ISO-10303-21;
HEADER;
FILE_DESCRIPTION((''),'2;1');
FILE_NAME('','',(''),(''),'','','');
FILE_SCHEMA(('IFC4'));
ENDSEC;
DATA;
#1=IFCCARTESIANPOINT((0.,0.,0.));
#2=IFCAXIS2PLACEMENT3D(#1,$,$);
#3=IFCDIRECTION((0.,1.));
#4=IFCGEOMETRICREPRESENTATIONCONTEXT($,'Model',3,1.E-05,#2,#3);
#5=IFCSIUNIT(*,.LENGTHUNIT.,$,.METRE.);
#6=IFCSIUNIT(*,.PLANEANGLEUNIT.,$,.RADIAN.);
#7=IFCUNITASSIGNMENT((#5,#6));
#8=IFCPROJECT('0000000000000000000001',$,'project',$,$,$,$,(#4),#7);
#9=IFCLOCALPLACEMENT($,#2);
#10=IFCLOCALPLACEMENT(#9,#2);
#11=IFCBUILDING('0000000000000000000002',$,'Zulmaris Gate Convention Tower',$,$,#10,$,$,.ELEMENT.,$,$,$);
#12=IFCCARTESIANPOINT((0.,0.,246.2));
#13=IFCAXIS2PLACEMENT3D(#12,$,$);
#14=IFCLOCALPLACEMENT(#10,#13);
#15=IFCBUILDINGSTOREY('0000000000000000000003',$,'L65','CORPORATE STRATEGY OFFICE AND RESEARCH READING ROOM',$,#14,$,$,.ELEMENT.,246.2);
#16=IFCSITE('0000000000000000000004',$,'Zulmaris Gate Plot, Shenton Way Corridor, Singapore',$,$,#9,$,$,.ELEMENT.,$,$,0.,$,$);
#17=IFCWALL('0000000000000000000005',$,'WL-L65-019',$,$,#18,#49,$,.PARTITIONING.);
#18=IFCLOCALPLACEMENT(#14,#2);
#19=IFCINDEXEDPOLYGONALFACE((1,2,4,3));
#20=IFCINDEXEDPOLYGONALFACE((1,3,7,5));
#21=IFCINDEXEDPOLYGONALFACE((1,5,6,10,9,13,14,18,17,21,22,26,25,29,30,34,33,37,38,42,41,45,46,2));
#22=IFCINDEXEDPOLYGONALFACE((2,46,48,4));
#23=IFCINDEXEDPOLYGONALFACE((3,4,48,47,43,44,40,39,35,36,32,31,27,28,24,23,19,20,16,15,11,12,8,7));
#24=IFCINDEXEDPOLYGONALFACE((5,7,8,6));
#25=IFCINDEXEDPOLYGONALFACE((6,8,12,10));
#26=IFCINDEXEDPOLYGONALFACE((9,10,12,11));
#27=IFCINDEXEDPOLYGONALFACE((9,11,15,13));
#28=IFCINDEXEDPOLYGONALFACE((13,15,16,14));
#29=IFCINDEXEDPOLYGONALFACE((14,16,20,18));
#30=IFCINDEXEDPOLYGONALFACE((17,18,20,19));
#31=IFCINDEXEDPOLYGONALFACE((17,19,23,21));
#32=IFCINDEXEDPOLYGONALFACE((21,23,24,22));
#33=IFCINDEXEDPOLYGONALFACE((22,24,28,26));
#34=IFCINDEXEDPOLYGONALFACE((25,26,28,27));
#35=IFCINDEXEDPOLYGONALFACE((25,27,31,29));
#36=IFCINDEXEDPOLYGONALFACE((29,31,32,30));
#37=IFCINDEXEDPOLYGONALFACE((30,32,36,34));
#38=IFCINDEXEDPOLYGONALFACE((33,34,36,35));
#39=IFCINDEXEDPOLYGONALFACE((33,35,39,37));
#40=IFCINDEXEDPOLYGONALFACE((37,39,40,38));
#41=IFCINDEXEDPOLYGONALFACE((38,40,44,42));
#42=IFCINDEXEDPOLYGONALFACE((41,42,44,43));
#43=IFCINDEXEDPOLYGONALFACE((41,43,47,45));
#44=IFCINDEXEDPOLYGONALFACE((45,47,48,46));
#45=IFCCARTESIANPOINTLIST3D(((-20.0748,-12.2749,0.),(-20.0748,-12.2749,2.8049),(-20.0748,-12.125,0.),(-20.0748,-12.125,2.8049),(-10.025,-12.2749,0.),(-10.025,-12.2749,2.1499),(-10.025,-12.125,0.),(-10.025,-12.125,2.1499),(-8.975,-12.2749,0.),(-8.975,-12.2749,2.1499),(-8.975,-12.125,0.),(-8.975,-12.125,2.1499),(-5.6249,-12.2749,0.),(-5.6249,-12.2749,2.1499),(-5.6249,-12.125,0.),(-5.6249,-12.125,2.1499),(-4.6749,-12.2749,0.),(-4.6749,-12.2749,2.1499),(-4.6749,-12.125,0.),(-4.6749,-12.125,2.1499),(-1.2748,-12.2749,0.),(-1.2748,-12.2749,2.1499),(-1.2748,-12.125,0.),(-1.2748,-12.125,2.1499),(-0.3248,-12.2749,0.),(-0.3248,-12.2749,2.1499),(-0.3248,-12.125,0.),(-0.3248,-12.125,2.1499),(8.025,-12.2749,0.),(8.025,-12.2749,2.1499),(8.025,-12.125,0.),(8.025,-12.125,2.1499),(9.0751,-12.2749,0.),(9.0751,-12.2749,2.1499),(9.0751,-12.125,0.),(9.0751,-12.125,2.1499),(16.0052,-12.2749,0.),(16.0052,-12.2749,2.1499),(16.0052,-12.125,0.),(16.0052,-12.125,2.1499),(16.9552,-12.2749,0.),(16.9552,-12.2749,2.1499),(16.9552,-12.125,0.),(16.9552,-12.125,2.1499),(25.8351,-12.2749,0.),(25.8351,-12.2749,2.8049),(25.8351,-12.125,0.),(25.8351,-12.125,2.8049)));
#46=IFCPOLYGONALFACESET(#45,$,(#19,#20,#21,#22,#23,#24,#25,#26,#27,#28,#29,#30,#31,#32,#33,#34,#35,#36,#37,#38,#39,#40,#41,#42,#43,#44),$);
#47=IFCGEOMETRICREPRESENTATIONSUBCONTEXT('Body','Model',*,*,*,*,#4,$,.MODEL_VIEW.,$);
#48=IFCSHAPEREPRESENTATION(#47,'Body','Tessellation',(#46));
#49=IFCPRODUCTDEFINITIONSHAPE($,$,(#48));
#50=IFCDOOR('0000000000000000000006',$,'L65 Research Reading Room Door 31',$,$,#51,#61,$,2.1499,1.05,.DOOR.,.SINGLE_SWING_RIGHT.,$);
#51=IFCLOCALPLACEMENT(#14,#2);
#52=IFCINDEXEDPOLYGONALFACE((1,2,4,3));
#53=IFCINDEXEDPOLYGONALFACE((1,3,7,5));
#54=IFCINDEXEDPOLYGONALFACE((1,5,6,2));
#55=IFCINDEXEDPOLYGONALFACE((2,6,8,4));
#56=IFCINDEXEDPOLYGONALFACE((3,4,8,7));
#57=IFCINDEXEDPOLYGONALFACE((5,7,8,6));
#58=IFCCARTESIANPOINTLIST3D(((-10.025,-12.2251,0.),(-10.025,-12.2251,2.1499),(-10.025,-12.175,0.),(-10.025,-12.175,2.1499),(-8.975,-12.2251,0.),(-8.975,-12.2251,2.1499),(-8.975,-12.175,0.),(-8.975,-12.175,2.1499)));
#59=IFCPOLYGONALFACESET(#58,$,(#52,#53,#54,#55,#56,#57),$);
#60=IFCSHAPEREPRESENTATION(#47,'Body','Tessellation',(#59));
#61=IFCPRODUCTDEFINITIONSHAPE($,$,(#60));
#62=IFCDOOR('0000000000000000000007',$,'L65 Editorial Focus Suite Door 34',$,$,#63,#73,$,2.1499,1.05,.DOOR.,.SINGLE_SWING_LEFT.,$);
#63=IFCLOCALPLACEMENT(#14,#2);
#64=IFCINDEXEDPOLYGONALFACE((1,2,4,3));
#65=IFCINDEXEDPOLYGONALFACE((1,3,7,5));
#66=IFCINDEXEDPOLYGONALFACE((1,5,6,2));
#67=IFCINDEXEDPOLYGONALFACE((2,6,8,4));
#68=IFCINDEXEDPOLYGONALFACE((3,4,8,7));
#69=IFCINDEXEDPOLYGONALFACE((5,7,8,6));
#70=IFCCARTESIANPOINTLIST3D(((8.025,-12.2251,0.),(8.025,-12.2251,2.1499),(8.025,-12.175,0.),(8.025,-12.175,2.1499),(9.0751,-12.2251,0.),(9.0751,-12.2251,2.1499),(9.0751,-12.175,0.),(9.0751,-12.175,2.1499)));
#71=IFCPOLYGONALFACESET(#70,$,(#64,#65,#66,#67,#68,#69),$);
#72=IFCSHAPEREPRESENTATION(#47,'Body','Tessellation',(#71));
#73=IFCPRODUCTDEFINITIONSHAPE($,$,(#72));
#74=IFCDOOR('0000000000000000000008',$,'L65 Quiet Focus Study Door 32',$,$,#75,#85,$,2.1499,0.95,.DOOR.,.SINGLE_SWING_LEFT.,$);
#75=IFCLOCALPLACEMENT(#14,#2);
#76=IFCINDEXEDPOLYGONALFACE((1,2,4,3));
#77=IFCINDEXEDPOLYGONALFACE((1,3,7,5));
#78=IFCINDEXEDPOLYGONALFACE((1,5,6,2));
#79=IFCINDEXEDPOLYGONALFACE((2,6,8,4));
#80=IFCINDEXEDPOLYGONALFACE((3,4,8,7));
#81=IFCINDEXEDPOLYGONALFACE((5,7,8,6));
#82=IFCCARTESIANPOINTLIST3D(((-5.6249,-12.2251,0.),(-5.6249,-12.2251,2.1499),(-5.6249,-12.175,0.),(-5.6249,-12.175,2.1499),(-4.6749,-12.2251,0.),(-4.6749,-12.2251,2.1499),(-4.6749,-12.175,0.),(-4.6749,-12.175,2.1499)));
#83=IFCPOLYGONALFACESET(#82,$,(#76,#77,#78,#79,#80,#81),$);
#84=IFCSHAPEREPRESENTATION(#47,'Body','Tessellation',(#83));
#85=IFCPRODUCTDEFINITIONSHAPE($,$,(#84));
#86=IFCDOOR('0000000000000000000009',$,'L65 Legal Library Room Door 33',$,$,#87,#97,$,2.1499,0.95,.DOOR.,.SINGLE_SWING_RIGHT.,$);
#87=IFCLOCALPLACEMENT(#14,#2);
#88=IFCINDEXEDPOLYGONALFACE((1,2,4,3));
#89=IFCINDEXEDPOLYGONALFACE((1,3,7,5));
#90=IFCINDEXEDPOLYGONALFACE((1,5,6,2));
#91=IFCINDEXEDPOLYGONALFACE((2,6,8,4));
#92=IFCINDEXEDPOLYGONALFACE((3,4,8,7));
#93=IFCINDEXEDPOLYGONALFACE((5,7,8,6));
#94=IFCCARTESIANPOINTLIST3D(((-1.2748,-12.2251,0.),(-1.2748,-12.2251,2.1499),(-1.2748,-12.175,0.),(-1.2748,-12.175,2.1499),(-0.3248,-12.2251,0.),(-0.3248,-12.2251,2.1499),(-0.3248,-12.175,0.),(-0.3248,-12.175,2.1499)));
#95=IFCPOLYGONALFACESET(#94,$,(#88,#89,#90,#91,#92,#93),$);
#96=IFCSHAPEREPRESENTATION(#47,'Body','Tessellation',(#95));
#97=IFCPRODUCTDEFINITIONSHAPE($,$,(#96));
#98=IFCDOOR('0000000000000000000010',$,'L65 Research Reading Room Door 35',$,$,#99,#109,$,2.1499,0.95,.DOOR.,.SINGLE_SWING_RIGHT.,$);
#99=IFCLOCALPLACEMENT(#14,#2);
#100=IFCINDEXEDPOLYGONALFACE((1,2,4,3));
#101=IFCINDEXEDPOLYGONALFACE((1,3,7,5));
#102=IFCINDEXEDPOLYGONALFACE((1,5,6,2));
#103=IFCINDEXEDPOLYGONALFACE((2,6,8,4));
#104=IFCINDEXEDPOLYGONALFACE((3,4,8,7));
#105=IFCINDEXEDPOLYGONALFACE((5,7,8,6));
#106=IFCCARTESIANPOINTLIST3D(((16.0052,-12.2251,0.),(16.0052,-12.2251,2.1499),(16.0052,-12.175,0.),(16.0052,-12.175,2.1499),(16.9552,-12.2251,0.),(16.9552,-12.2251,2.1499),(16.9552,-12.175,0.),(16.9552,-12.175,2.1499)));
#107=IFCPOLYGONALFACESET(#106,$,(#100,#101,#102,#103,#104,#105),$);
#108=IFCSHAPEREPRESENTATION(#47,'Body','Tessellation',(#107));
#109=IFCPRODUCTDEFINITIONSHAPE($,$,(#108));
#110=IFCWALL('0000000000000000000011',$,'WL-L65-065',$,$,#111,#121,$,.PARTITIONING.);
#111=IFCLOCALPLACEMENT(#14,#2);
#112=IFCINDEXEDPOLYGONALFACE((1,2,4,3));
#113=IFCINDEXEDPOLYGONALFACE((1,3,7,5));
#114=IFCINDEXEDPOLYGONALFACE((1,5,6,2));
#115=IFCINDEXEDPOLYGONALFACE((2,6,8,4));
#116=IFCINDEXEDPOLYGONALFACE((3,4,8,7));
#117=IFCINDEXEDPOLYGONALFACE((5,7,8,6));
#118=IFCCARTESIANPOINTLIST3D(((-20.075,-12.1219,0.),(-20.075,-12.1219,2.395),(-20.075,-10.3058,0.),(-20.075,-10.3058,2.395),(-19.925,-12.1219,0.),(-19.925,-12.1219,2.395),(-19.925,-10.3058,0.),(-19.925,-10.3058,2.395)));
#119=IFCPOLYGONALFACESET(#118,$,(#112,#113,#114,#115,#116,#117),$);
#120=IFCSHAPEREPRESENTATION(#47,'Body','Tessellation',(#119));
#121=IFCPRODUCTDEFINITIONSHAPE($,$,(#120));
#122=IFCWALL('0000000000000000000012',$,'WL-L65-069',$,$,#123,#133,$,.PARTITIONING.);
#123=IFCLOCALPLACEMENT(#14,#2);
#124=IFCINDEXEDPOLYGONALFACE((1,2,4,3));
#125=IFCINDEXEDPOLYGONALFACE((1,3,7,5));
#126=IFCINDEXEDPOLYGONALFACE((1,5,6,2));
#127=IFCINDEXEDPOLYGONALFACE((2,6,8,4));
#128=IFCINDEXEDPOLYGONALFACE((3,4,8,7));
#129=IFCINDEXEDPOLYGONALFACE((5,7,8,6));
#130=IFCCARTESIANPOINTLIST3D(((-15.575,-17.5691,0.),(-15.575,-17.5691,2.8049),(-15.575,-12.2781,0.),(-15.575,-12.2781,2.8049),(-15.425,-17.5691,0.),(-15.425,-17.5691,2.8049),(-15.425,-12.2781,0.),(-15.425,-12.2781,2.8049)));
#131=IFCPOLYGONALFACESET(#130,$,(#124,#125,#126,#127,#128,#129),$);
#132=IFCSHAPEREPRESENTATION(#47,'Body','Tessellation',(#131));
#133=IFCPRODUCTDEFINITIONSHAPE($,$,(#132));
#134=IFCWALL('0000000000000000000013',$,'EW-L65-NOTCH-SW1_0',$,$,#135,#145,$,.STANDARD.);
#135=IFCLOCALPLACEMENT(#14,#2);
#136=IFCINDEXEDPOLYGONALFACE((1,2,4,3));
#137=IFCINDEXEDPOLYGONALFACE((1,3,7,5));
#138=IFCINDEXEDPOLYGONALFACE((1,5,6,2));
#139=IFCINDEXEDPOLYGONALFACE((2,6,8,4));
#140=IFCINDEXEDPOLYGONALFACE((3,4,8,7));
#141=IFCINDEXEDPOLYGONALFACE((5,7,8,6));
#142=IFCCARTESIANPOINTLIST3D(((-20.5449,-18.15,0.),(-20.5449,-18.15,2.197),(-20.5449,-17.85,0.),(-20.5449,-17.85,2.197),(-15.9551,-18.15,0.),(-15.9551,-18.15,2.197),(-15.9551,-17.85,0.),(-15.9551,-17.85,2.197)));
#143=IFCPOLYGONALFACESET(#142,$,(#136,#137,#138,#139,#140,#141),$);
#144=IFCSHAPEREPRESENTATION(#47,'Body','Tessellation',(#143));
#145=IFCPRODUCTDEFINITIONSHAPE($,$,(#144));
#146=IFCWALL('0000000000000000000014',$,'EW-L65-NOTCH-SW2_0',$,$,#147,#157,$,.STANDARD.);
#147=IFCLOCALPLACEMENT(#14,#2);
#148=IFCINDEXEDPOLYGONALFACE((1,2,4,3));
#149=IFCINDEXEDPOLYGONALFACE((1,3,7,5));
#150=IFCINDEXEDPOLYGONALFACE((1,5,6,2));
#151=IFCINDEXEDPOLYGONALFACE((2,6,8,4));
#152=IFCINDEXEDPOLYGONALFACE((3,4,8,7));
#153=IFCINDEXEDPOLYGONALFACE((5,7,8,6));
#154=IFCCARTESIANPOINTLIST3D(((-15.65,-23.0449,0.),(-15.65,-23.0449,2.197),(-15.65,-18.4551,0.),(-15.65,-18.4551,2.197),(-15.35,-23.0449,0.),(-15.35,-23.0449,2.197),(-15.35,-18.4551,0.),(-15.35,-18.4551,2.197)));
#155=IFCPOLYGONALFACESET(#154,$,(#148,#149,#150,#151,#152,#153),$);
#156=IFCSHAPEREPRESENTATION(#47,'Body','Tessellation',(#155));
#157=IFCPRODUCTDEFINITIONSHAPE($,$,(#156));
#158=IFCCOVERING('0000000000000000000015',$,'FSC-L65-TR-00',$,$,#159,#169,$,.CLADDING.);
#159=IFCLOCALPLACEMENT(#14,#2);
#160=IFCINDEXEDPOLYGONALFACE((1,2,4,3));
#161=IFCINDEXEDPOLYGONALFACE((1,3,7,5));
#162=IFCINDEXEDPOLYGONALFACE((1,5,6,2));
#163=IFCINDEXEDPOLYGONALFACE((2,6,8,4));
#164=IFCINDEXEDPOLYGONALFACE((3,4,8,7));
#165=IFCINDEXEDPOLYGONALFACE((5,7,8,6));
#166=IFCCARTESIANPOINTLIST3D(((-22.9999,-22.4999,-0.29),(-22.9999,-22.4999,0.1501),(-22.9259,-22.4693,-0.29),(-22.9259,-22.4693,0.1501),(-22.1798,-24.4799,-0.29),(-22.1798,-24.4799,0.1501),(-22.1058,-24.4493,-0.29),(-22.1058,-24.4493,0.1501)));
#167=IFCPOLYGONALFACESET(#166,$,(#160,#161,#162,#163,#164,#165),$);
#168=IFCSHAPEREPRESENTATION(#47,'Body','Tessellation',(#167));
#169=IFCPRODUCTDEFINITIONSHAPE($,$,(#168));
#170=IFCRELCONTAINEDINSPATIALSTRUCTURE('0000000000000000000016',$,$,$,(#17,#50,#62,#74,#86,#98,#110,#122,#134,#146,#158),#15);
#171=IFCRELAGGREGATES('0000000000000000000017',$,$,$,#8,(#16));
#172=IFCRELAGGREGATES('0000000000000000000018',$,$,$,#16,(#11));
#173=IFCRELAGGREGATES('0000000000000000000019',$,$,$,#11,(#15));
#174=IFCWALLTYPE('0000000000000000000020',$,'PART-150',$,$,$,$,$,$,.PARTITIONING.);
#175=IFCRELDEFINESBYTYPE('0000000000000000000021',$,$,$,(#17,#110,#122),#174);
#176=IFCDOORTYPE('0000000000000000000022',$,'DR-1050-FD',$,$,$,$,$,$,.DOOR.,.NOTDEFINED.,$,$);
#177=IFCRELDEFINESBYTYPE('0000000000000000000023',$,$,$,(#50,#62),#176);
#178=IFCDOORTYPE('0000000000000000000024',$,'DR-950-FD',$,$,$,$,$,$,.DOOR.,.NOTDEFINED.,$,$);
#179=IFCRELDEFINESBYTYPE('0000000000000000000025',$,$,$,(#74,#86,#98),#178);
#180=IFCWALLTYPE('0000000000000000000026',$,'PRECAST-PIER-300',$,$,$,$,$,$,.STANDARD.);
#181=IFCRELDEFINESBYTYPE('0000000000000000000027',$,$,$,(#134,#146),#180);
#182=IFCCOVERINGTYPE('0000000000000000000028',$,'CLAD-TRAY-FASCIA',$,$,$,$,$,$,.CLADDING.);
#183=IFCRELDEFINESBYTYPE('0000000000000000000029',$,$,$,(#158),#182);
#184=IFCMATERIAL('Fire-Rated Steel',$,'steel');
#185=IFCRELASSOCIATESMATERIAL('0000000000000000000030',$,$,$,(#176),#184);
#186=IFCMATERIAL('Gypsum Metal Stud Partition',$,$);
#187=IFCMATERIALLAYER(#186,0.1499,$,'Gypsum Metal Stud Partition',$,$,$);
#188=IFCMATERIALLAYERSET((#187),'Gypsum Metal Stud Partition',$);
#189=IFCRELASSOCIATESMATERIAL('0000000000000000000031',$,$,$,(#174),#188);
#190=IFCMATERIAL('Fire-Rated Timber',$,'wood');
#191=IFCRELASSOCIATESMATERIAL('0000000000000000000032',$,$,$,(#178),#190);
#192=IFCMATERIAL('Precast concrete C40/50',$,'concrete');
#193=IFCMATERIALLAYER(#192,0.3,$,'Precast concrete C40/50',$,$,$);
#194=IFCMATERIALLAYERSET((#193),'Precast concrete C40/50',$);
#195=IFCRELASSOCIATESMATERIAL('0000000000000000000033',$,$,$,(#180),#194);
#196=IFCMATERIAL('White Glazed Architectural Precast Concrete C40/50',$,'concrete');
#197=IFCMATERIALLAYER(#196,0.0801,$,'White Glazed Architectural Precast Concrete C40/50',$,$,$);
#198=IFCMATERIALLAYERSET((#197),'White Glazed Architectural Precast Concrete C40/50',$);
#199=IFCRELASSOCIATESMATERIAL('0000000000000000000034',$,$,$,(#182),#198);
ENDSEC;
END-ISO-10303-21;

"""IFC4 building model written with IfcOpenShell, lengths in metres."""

from ifc_helpers import new_model, si_unit, direction, frame, frame_2d, origin, place, context, subcontext, project, spatial, rectangle, extrude, material, layer, layer_set, type_object, element, fill, save


model = new_model("IFC4")

# Units and contexts
model_context = context("Model", 3, precision=1e-05, world=origin(), true_north=direction((0.0, 1.0)))
body_context = subcontext(model_context, "Body", "Model", "MODEL_VIEW")
ifc_project = project(units=[si_unit("LENGTHUNIT", "METRE"), si_unit("PLANEANGLEUNIT", "RADIAN")], contexts=[model_context])

# Site, building, storey
site_placement = place(None, origin())
site = spatial("IfcSite", under=ifc_project, at=site_placement, Name="Zulmaris Gate Plot, Shenton Way Corridor, Singapore", CompositionType="ELEMENT", RefElevation=0.0)
building_placement = place(site_placement, origin())
building = spatial("IfcBuilding", under=site, at=building_placement, Name="Zulmaris Gate Convention Tower", CompositionType="ELEMENT")
storey_placement = place(building_placement, frame((0.0, 0.0, 246.2)))
storey = spatial("IfcBuildingStorey", under=building, at=storey_placement, Name="L65", Description="CORPORATE STRATEGY OFFICE AND RESEARCH READING ROOM", CompositionType="ELEMENT", Elevation=246.2)

# Shared definitions
ifc_material_1 = material(Name="Fire-Rated Steel", Category="steel")
door_type_1 = type_object("IfcDoorType", Name="DR-1050-FD", OperationType="NOTDEFINED", PredefinedType="DOOR", material=ifc_material_1)

# Wall, openings, doors
ifc_material_2 = material(Name="Gypsum Metal Stud Partition")
ifc_layer_1 = layer(ifc_material_2, 0.1499, Name="Gypsum Metal Stud Partition")
ifc_layer_set_1 = layer_set([ifc_layer_1], Name="Gypsum Metal Stud Partition")
wall_type_1 = type_object("IfcWallType", Name="PART-150", PredefinedType="PARTITIONING", material=ifc_layer_set_1)
wall_1_placement = place(storey_placement, frame((-20.075, -12.2, 0.0), z_axis=(0.0, 0.0, 1.0), x_axis=(1.0, 0.0, 0.0)))
wall_1 = element("IfcWall", 1, at=wall_1_placement, inside=storey, type_object=wall_type_1, Name="WL-L65-019", PredefinedType="PARTITIONING", context=body_context, shape_type="SweptSolid", body=[
    extrude(rectangle(XDim=45.9099, YDim=0.1499, at=frame_2d((22.9551, 0.0))), origin(), (0.0, 0.0, 1.0), 2.8049),
])
opening_1_placement = place(wall_1_placement, frame((10.05, 0.0, 0.0)))
opening_1 = element("IfcOpeningElement", 2, at=opening_1_placement, cuts=wall_1, PredefinedType="OPENING", context=body_context, shape_type="SweptSolid", body=[
    extrude(rectangle(XDim=1.05, YDim=2.1499, at=frame_2d((0.5249, 1.075))), frame((0.0, 0.085, 0.0), z_axis=(0.0, -1.0, 0.0), x_axis=(1.0, 0.0, 0.0)), (0.0, 0.0, 1.0), 0.1699),
])
opening_2_placement = place(wall_1_placement, frame((14.45, 0.0, 0.0)))
opening_2 = element("IfcOpeningElement", 3, at=opening_2_placement, cuts=wall_1, PredefinedType="OPENING", context=body_context, shape_type="SweptSolid", body=[
    extrude(rectangle(XDim=0.95, YDim=2.1499, at=frame_2d((0.4751, 1.075))), frame((0.0, 0.085, 0.0), z_axis=(0.0, -1.0, 0.0), x_axis=(1.0, 0.0, 0.0)), (0.0, 0.0, 1.0), 0.1699),
])
opening_3_placement = place(wall_1_placement, frame((18.8, 0.0, 0.0)))
opening_3 = element("IfcOpeningElement", 4, at=opening_3_placement, cuts=wall_1, PredefinedType="OPENING", context=body_context, shape_type="SweptSolid", body=[
    extrude(rectangle(XDim=0.95, YDim=2.1499, at=frame_2d((0.4751, 1.075))), frame((0.0, 0.085, 0.0), z_axis=(0.0, -1.0, 0.0), x_axis=(1.0, 0.0, 0.0)), (0.0, 0.0, 1.0), 0.1699),
])
opening_4_placement = place(wall_1_placement, frame((28.1001, 0.0, 0.0)))
opening_4 = element("IfcOpeningElement", 5, at=opening_4_placement, cuts=wall_1, PredefinedType="OPENING", context=body_context, shape_type="SweptSolid", body=[
    extrude(rectangle(XDim=1.05, YDim=2.1499, at=frame_2d((0.5249, 1.075))), frame((0.0, 0.085, 0.0), z_axis=(0.0, -1.0, 0.0), x_axis=(1.0, 0.0, 0.0)), (0.0, 0.0, 1.0), 0.1699),
])
opening_5_placement = place(wall_1_placement, frame((36.0801, 0.0, 0.0)))
opening_5 = element("IfcOpeningElement", 6, at=opening_5_placement, cuts=wall_1, PredefinedType="OPENING", context=body_context, shape_type="SweptSolid", body=[
    extrude(rectangle(XDim=0.95, YDim=2.1499, at=frame_2d((0.4751, 1.075))), frame((0.0, 0.085, 0.0), z_axis=(0.0, -1.0, 0.0), x_axis=(1.0, 0.0, 0.0)), (0.0, 0.0, 1.0), 0.1699),
])
door_1_placement = place(opening_1_placement, origin())
door_1 = element("IfcDoor", 7, at=door_1_placement, inside=storey, type_object=door_type_1, Name="L65 Research Reading Room Door 31", OperationType="SINGLE_SWING_RIGHT", OverallHeight=2.1499, OverallWidth=1.05, PredefinedType="DOOR", context=body_context, shape_type="SweptSolid", body=[
    extrude(rectangle(XDim=1.05, YDim=2.1499, at=frame_2d((0.5249, 1.075))), frame((0.0, 0.0249, 0.0), z_axis=(0.0, -1.0, 0.0), x_axis=(1.0, 0.0, 0.0)), (0.0, 0.0, 1.0), 0.05),
])
fill(opening_1, door_1)
door_2_placement = place(opening_4_placement, origin())
door_2 = element("IfcDoor", 8, at=door_2_placement, inside=storey, type_object=door_type_1, Name="L65 Editorial Focus Suite Door 34", OperationType="SINGLE_SWING_LEFT", OverallHeight=2.1499, OverallWidth=1.05, PredefinedType="DOOR", context=body_context, shape_type="SweptSolid", body=[
    extrude(rectangle(XDim=1.05, YDim=2.1499, at=frame_2d((0.5249, 1.075))), frame((0.0, 0.0249, 0.0), z_axis=(0.0, -1.0, 0.0), x_axis=(1.0, 0.0, 0.0)), (0.0, 0.0, 1.0), 0.05),
])
fill(opening_4, door_2)
ifc_material_3 = material(Name="Fire-Rated Timber", Category="wood")
door_type_2 = type_object("IfcDoorType", Name="DR-950-FD", OperationType="NOTDEFINED", PredefinedType="DOOR", material=ifc_material_3)
door_3_placement = place(opening_2_placement, origin())
door_3 = element("IfcDoor", 9, at=door_3_placement, inside=storey, type_object=door_type_2, Name="L65 Quiet Focus Study Door 32", OperationType="SINGLE_SWING_LEFT", OverallHeight=2.1499, OverallWidth=0.95, PredefinedType="DOOR", context=body_context, shape_type="SweptSolid", body=[
    extrude(rectangle(XDim=0.95, YDim=2.1499, at=frame_2d((0.4751, 1.075))), frame((0.0, 0.0249, 0.0), z_axis=(0.0, -1.0, 0.0), x_axis=(1.0, 0.0, 0.0)), (0.0, 0.0, 1.0), 0.05),
])
fill(opening_2, door_3)
door_4_placement = place(opening_3_placement, origin())
door_4 = element("IfcDoor", 10, at=door_4_placement, inside=storey, type_object=door_type_2, Name="L65 Legal Library Room Door 33", OperationType="SINGLE_SWING_RIGHT", OverallHeight=2.1499, OverallWidth=0.95, PredefinedType="DOOR", context=body_context, shape_type="SweptSolid", body=[
    extrude(rectangle(XDim=0.95, YDim=2.1499, at=frame_2d((0.4751, 1.075))), frame((0.0, 0.0249, 0.0), z_axis=(0.0, -1.0, 0.0), x_axis=(1.0, 0.0, 0.0)), (0.0, 0.0, 1.0), 0.05),
])
fill(opening_3, door_4)
door_5_placement = place(opening_5_placement, origin())
door_5 = element("IfcDoor", 11, at=door_5_placement, inside=storey, type_object=door_type_2, Name="L65 Research Reading Room Door 35", OperationType="SINGLE_SWING_RIGHT", OverallHeight=2.1499, OverallWidth=0.95, PredefinedType="DOOR", context=body_context, shape_type="SweptSolid", body=[
    extrude(rectangle(XDim=0.95, YDim=2.1499, at=frame_2d((0.4751, 1.075))), frame((0.0, 0.0249, 0.0), z_axis=(0.0, -1.0, 0.0), x_axis=(1.0, 0.0, 0.0)), (0.0, 0.0, 1.0), 0.05),
])
fill(opening_5, door_5)

# Walls
wall_2_placement = place(storey_placement, frame((-20.0, -12.1221, 0.0), z_axis=(0.0, 0.0, 1.0), x_axis=(0.0, 1.0, 0.0)))
element("IfcWall", 12, at=wall_2_placement, inside=storey, type_object=wall_type_1, Name="WL-L65-065", PredefinedType="PARTITIONING", context=body_context, shape_type="SweptSolid", body=[
    extrude(rectangle(XDim=1.8162, YDim=0.1499, at=frame_2d((0.9082, 0.0))), origin(), (0.0, 0.0, 1.0), 2.395),
])
wall_3_placement = place(storey_placement, frame((-15.5, -17.5691, 0.0), z_axis=(0.0, 0.0, 1.0), x_axis=(0.0, 1.0, 0.0)))
element("IfcWall", 13, at=wall_3_placement, inside=storey, type_object=wall_type_1, Name="WL-L65-069", PredefinedType="PARTITIONING", context=body_context, shape_type="SweptSolid", body=[
    extrude(rectangle(XDim=5.291, YDim=0.1499, at=frame_2d((2.6455, 0.0))), origin(), (0.0, 0.0, 1.0), 2.8049),
])
ifc_material_4 = material(Name="Precast concrete C40/50", Category="concrete")
ifc_layer_2 = layer(ifc_material_4, 0.3, Name="Precast concrete C40/50")
ifc_layer_set_2 = layer_set([ifc_layer_2], Name="Precast concrete C40/50")
wall_type_2 = type_object("IfcWallType", Name="PRECAST-PIER-300", PredefinedType="STANDARD", material=ifc_layer_set_2)
for number, where, z_axis, x_axis, name in (
    (14, (-20.5449, -18.0, 0.0), (0.0, 0.0, 1.0), (1.0, 0.0, 0.0), "EW-L65-NOTCH-SW1_0"),
    (15, (-15.5, -18.4551, 0.0), (0.0, 0.0, 1.0), (0.0, -1.0, 0.0), "EW-L65-NOTCH-SW2_0"),
):
    element("IfcWall", number, at=place(storey_placement, frame(where, z_axis=z_axis, x_axis=x_axis)), inside=storey, type_object=wall_type_2, Name=name, PredefinedType="STANDARD", context=body_context, shape_type="SweptSolid", body=[
        extrude(rectangle(XDim=4.5898, YDim=0.3, at=frame_2d((2.2949, 0.0))), origin(), (0.0, 0.0, 1.0), 2.197),
    ])

# Covering
ifc_material_5 = material(Name="White Glazed Architectural Precast Concrete C40/50", Category="concrete")
ifc_layer_3 = layer(ifc_material_5, 0.0801, Name="White Glazed Architectural Precast Concrete C40/50")
ifc_layer_set_3 = layer_set([ifc_layer_3], Name="White Glazed Architectural Precast Concrete C40/50")
covering_type = type_object("IfcCoveringType", Name="CLAD-TRAY-FASCIA", PredefinedType="CLADDING", material=ifc_layer_set_3)
covering_1_placement = place(storey_placement, frame((-22.9629, -22.4846, -0.29), z_axis=(0.0, 0.0, 1.0), x_axis=(0.382657, -0.92389, 0.0)))
element("IfcCovering", 16, at=covering_1_placement, inside=storey, type_object=covering_type, Name="FSC-L65-TR-00", PredefinedType="CLADDING", context=body_context, shape_type="SweptSolid", body=[
    extrude(rectangle(XDim=2.1431, YDim=0.0801, at=frame_2d((1.0715, 0.0))), origin(), (0.0, 0.0, 1.0), 0.4402),
])

save(model, "model.ifc")
